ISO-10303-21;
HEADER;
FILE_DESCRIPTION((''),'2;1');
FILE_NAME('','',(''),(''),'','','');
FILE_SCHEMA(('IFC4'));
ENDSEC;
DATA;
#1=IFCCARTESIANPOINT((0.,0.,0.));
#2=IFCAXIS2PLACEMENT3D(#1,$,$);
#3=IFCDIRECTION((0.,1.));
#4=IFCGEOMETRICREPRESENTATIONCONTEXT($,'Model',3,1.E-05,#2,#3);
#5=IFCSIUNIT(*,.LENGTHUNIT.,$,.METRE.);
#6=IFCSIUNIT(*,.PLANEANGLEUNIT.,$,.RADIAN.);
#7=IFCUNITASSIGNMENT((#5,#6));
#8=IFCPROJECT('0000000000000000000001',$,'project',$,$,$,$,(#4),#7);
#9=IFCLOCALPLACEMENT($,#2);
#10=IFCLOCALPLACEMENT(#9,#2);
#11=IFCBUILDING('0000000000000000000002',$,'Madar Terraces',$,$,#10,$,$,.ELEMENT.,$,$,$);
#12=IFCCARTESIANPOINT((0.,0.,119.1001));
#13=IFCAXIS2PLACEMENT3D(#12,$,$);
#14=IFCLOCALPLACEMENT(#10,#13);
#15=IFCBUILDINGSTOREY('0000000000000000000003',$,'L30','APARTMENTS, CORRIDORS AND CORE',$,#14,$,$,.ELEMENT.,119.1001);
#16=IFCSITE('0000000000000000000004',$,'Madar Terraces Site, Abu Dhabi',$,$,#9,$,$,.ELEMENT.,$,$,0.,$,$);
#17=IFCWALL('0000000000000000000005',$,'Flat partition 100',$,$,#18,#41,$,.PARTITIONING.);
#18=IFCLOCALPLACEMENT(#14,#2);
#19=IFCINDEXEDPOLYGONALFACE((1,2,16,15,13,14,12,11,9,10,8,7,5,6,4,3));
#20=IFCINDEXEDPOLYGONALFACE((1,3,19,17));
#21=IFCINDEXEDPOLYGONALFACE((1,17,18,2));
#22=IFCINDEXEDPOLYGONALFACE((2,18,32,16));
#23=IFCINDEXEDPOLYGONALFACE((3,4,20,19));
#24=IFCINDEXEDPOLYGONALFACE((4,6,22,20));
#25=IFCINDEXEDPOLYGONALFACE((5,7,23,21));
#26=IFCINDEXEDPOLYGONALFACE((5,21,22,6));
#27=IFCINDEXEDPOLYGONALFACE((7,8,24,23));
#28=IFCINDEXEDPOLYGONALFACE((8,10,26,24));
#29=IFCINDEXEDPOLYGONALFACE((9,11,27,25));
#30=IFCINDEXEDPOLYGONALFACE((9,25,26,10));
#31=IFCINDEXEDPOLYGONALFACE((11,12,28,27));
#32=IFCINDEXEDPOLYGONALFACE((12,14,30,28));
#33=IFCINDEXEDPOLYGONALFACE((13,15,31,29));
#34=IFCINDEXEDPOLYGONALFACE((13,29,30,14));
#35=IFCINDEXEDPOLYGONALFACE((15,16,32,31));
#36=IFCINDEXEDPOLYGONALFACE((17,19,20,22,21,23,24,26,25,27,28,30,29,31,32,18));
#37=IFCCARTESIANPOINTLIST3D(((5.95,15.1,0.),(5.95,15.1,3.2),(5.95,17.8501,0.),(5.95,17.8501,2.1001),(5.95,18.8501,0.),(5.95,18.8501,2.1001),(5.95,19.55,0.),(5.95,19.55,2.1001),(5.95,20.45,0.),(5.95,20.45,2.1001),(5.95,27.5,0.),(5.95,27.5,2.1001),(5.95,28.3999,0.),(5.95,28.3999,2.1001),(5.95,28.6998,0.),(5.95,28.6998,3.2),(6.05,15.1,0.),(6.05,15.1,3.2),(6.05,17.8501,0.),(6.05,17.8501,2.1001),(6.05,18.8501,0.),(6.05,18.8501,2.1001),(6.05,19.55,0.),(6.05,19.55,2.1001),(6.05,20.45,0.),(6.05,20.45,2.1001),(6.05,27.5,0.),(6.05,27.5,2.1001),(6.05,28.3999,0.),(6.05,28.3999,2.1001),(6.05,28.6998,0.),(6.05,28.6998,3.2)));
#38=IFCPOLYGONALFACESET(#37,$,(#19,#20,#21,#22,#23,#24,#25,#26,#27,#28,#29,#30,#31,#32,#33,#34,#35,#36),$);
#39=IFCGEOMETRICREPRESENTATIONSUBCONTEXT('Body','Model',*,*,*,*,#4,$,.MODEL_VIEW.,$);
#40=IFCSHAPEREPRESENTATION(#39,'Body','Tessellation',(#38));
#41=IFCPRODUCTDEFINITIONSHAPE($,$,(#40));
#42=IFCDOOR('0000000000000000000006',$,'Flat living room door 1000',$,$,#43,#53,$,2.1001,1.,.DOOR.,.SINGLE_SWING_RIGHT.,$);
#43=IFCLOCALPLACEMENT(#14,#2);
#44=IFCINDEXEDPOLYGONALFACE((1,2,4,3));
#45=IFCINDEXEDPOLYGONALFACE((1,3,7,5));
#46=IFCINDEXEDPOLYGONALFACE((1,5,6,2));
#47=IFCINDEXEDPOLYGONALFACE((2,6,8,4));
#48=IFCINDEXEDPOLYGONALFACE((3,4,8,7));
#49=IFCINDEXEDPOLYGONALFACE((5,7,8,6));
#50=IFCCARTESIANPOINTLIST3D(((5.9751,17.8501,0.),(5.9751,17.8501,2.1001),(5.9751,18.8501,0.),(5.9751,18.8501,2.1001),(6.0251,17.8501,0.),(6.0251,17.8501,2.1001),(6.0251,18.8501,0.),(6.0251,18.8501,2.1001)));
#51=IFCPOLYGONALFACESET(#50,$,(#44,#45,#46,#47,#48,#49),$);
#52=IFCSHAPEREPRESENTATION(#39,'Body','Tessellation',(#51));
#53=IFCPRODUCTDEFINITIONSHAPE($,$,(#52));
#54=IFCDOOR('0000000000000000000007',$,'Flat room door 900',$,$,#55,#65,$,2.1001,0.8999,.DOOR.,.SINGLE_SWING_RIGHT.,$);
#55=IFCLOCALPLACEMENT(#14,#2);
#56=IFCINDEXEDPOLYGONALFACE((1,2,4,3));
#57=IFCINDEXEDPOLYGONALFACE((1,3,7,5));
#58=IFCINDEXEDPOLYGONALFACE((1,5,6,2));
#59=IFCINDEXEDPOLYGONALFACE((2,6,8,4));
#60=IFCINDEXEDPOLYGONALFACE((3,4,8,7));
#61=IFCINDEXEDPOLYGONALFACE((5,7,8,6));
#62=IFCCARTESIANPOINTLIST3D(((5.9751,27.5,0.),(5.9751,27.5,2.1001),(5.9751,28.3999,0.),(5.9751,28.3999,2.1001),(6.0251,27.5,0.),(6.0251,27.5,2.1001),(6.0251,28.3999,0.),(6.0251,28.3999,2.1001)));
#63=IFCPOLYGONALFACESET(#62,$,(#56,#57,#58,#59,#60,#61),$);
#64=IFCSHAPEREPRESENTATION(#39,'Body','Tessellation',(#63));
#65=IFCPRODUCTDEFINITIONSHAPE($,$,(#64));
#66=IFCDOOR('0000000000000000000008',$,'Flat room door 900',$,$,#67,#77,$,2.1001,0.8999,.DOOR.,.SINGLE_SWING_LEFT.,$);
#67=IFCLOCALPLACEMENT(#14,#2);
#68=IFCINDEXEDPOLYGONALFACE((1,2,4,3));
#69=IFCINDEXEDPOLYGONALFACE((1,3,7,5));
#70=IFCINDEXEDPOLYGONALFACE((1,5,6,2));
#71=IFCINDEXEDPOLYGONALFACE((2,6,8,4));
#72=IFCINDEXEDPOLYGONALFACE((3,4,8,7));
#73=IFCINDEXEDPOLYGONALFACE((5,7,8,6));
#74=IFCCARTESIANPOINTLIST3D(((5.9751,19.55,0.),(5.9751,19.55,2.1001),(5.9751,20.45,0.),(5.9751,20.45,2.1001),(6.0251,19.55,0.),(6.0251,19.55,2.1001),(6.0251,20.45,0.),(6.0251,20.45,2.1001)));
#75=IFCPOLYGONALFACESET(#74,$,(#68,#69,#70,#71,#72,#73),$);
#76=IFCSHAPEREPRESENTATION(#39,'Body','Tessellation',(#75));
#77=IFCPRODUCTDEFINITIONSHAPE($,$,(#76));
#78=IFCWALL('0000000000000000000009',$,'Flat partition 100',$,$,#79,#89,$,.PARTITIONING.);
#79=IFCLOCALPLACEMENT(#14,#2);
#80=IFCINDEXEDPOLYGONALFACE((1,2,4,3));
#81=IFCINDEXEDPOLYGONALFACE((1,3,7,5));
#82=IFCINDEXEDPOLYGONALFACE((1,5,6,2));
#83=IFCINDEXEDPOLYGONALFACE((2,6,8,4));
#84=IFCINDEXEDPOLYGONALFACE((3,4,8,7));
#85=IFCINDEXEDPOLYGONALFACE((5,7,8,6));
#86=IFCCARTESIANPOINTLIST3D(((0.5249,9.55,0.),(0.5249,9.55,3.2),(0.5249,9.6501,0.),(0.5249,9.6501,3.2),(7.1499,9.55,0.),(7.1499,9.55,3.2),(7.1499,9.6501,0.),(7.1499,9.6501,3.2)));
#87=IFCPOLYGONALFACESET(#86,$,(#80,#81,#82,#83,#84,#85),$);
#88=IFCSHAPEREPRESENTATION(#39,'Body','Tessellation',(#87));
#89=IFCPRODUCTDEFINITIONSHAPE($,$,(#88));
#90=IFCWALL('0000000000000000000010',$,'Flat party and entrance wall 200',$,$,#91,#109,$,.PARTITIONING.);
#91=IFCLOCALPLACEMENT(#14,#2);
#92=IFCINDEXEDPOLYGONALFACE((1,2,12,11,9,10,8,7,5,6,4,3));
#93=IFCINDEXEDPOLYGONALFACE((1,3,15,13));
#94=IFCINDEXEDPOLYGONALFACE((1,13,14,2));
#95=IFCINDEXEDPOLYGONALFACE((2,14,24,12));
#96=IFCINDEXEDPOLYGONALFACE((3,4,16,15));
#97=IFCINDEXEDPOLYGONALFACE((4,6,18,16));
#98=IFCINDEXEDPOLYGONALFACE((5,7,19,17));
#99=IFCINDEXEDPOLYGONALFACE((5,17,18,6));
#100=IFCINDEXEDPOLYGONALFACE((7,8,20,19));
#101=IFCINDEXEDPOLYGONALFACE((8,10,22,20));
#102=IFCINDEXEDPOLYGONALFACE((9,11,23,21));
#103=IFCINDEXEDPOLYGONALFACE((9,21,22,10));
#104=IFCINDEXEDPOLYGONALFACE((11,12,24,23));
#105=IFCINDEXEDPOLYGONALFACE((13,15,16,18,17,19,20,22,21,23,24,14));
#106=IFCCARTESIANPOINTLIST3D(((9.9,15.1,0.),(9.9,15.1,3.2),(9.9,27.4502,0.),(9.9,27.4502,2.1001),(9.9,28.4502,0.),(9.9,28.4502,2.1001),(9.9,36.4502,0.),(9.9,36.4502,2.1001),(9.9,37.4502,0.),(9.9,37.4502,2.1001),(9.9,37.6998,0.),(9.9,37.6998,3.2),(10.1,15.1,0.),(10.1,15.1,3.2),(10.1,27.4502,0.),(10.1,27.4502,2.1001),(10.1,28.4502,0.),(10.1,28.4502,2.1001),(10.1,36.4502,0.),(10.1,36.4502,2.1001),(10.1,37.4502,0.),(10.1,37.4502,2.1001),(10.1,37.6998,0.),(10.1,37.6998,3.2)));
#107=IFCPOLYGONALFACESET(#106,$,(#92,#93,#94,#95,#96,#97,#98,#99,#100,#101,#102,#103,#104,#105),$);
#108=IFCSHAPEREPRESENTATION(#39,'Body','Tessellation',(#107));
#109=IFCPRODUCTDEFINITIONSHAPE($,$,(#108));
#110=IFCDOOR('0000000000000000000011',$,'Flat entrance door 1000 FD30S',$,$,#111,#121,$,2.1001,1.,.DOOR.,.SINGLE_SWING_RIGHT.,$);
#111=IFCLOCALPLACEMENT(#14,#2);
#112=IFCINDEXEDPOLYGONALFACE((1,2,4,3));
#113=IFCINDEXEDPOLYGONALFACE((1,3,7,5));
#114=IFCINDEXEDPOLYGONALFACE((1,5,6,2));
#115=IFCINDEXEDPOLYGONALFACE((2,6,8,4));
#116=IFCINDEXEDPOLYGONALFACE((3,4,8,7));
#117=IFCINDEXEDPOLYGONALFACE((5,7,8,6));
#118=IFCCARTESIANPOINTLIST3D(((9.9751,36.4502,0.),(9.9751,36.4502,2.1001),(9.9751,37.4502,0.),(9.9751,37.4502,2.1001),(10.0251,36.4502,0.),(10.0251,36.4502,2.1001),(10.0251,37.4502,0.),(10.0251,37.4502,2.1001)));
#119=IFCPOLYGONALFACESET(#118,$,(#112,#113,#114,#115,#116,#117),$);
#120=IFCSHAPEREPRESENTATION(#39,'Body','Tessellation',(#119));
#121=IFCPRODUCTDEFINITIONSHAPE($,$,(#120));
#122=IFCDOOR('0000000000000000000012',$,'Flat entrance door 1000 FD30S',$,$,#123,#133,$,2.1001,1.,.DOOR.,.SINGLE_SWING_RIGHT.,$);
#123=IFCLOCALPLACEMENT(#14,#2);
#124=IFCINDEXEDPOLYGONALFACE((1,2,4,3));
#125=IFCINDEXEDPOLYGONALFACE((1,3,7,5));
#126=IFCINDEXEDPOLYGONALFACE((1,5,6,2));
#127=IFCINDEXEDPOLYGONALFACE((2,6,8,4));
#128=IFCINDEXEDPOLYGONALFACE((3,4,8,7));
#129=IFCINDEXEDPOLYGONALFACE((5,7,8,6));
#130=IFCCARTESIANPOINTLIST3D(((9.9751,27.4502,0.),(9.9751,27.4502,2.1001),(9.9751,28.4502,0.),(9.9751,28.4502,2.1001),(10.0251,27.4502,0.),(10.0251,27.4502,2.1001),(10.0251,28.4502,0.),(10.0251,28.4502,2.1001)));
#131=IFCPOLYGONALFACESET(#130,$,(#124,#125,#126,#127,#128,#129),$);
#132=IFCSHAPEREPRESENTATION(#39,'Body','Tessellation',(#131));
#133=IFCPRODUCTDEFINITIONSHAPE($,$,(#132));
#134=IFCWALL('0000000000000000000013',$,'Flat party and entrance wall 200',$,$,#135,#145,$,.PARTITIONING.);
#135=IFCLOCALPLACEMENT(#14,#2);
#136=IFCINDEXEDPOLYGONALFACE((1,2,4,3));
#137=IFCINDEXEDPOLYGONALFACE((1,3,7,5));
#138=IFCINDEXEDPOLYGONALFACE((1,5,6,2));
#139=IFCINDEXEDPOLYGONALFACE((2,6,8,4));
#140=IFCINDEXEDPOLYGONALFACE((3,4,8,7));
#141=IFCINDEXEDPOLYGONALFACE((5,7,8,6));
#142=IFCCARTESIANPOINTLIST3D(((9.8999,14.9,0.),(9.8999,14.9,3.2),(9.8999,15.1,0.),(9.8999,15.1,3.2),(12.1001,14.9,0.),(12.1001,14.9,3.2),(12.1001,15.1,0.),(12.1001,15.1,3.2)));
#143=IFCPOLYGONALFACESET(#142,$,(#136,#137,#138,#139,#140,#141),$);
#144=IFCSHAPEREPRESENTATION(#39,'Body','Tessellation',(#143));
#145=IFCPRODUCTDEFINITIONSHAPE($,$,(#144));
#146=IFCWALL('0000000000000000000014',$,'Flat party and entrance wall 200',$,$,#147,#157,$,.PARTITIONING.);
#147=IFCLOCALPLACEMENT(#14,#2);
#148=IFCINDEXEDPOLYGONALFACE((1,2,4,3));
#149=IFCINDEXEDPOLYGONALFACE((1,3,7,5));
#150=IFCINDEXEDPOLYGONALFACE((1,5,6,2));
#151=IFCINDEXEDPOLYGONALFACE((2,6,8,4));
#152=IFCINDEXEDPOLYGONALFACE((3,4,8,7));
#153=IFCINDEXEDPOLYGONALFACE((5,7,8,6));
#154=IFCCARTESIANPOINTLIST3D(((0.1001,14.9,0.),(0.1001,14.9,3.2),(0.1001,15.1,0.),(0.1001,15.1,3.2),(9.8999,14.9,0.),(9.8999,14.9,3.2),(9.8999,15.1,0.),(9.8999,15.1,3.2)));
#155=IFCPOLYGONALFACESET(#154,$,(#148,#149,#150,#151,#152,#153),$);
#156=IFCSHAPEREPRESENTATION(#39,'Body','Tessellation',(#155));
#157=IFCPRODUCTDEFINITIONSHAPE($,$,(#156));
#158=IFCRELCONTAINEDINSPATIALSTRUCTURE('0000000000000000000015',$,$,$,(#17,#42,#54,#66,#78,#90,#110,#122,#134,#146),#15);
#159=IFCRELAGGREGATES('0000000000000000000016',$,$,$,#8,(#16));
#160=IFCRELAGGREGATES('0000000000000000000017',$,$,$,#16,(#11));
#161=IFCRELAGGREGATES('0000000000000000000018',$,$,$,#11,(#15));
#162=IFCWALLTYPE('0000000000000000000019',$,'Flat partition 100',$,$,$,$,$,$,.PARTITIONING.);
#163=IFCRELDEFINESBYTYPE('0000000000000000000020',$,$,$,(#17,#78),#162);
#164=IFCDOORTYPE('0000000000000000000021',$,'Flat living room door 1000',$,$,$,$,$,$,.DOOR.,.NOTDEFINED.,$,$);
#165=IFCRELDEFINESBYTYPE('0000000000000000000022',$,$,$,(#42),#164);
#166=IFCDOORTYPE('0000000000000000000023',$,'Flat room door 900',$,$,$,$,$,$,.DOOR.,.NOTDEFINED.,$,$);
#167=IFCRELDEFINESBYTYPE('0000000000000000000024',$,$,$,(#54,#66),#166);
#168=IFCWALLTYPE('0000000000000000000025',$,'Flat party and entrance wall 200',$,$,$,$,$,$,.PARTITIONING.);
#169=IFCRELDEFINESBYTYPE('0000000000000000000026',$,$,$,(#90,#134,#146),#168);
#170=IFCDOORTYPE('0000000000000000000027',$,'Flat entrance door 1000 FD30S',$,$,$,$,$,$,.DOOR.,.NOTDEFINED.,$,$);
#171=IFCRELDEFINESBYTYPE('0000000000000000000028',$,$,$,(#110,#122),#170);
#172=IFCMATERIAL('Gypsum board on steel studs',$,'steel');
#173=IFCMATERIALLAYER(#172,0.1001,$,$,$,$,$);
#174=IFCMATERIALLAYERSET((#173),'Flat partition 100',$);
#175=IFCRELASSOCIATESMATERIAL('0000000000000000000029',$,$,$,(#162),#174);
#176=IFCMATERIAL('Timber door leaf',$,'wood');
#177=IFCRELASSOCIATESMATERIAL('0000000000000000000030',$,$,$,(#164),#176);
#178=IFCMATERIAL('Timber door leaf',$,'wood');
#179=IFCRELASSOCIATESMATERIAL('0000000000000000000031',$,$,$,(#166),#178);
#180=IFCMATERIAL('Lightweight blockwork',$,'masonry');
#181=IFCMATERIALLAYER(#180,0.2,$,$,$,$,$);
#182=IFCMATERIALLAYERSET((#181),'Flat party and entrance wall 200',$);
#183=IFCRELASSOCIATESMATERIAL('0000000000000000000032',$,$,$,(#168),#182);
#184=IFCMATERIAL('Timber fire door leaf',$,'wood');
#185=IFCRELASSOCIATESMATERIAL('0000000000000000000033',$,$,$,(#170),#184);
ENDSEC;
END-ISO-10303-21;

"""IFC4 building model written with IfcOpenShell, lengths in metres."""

from ifc_helpers import new_model, si_unit, direction, frame, frame_2d, origin, place, context, subcontext, project, spatial, rectangle, extrude, material, layer, layer_set, type_object, element, fill, save


model = new_model("IFC4")

# Units and contexts
model_context = context("Model", 3, precision=1e-05, world=origin(), true_north=direction((0.0, 1.0)))
body_context = subcontext(model_context, "Body", "Model", "MODEL_VIEW")
ifc_project = project(units=[si_unit("LENGTHUNIT", "METRE"), si_unit("PLANEANGLEUNIT", "RADIAN")], contexts=[model_context])

# Site, building, storey
site_placement = place(None, origin())
site = spatial("IfcSite", under=ifc_project, at=site_placement, Name="Madar Terraces Site, Abu Dhabi", CompositionType="ELEMENT", RefElevation=0.0)
building_placement = place(site_placement, origin())
building = spatial("IfcBuilding", under=site, at=building_placement, Name="Madar Terraces", CompositionType="ELEMENT")
storey_placement = place(building_placement, frame((0.0, 0.0, 119.1001)))
storey = spatial("IfcBuildingStorey", under=building, at=storey_placement, Name="L30", Description="APARTMENTS, CORRIDORS AND CORE", CompositionType="ELEMENT", Elevation=119.1001)

# Shared definitions
ifc_material_1 = material(Name="Gypsum board on steel studs", Category="steel")
ifc_layer_1 = layer(ifc_material_1, 0.1001)
ifc_layer_set_1 = layer_set([ifc_layer_1], Name="Flat partition 100")
wall_type_1 = type_object("IfcWallType", Name="Flat partition 100", PredefinedType="PARTITIONING", material=ifc_layer_set_1)

# Wall, openings, doors
wall_1_placement = place(storey_placement, frame((6.0, 15.1001, 0.0), z_axis=(0.0, 0.0, 1.0), x_axis=(0.0, 1.0, 0.0)))
wall_1 = element("IfcWall", 1, at=wall_1_placement, inside=storey, type_object=wall_type_1, Name="Flat partition 100", PredefinedType="PARTITIONING", context=body_context, shape_type="SweptSolid", body=[
    extrude(rectangle(XDim=13.5999, YDim=0.1001, at=frame_2d((6.7998, 0.0))), origin(), (0.0, 0.0, 1.0), 3.2),
])
opening_1_placement = place(wall_1_placement, frame((12.3999, 0.0, 0.0)))
opening_1 = element("IfcOpeningElement", 2, at=opening_1_placement, cuts=wall_1, PredefinedType="OPENING", context=body_context, shape_type="SweptSolid", body=[
    extrude(rectangle(XDim=0.8999, YDim=2.1001, at=frame_2d((0.45, 1.05))), frame((0.0, 0.0601, 0.0), z_axis=(0.0, -1.0, 0.0), x_axis=(1.0, 0.0, 0.0)), (0.0, 0.0, 1.0), 0.1201),
])
opening_2_placement = place(wall_1_placement, frame((4.45, 0.0, 0.0)))
opening_2 = element("IfcOpeningElement", 3, at=opening_2_placement, cuts=wall_1, PredefinedType="OPENING", context=body_context, shape_type="SweptSolid", body=[
    extrude(rectangle(XDim=0.8999, YDim=2.1001, at=frame_2d((0.45, 1.05))), frame((0.0, 0.0601, 0.0), z_axis=(0.0, -1.0, 0.0), x_axis=(1.0, 0.0, 0.0)), (0.0, 0.0, 1.0), 0.1201),
])
opening_3_placement = place(wall_1_placement, frame((2.75, 0.0, 0.0)))
opening_3 = element("IfcOpeningElement", 4, at=opening_3_placement, cuts=wall_1, PredefinedType="OPENING", context=body_context, shape_type="SweptSolid", body=[
    extrude(rectangle(XDim=1.0, YDim=2.1001, at=frame_2d((0.5, 1.05))), frame((0.0, 0.0601, 0.0), z_axis=(0.0, -1.0, 0.0), x_axis=(1.0, 0.0, 0.0)), (0.0, 0.0, 1.0), 0.1201),
])
ifc_material_2 = material(Name="Timber door leaf", Category="wood")
door_type_1 = type_object("IfcDoorType", Name="Flat living room door 1000", OperationType="NOTDEFINED", PredefinedType="DOOR", material=ifc_material_2)
door_1_placement = place(opening_3_placement, origin())
door_1 = element("IfcDoor", 5, at=door_1_placement, inside=storey, type_object=door_type_1, Name="Flat living room door 1000", OperationType="SINGLE_SWING_RIGHT", OverallHeight=2.1001, OverallWidth=1.0, PredefinedType="DOOR", context=body_context, shape_type="SweptSolid", body=[
    extrude(rectangle(XDim=1.0, YDim=2.1001, at=frame_2d((0.5, 1.05))), frame((0.0, 0.0249, 0.0), z_axis=(0.0, -1.0, 0.0), x_axis=(1.0, 0.0, 0.0)), (0.0, 0.0, 1.0), 0.05),
])
fill(opening_3, door_1)
ifc_material_3 = material(Name="Timber door leaf", Category="wood")
door_type_2 = type_object("IfcDoorType", Name="Flat room door 900", OperationType="NOTDEFINED", PredefinedType="DOOR", material=ifc_material_3)
door_2_placement = place(opening_1_placement, origin())
door_2 = element("IfcDoor", 6, at=door_2_placement, inside=storey, type_object=door_type_2, Name="Flat room door 900", OperationType="SINGLE_SWING_RIGHT", OverallHeight=2.1001, OverallWidth=0.8999, PredefinedType="DOOR", context=body_context, shape_type="SweptSolid", body=[
    extrude(rectangle(XDim=0.8999, YDim=2.1001, at=frame_2d((0.45, 1.05))), frame((0.0, 0.0249, 0.0), z_axis=(0.0, -1.0, 0.0), x_axis=(1.0, 0.0, 0.0)), (0.0, 0.0, 1.0), 0.05),
])
fill(opening_1, door_2)
door_3_placement = place(opening_2_placement, origin())
door_3 = element("IfcDoor", 7, at=door_3_placement, inside=storey, type_object=door_type_2, Name="Flat room door 900", OperationType="SINGLE_SWING_LEFT", OverallHeight=2.1001, OverallWidth=0.8999, PredefinedType="DOOR", context=body_context, shape_type="SweptSolid", body=[
    extrude(rectangle(XDim=0.8999, YDim=2.1001, at=frame_2d((0.45, 1.05))), frame((0.0, 0.0249, 0.0), z_axis=(0.0, -1.0, 0.0), x_axis=(1.0, 0.0, 0.0)), (0.0, 0.0, 1.0), 0.05),
])
fill(opening_2, door_3)

# Wall
wall_2_placement = place(storey_placement, frame((7.1499, 9.6001, 0.0), z_axis=(0.0, 0.0, 1.0), x_axis=(-1.0, 0.0, 0.0)))
element("IfcWall", 8, at=wall_2_placement, inside=storey, type_object=wall_type_1, Name="Flat partition 100", PredefinedType="PARTITIONING", context=body_context, shape_type="SweptSolid", body=[
    extrude(rectangle(XDim=6.625, YDim=0.1001, at=frame_2d((3.3125, 0.0))), origin(), (0.0, 0.0, 1.0), 3.2),
])

# Wall, openings, doors
ifc_material_4 = material(Name="Lightweight blockwork", Category="masonry")
ifc_layer_2 = layer(ifc_material_4, 0.2)
ifc_layer_set_2 = layer_set([ifc_layer_2], Name="Flat party and entrance wall 200")
wall_type_2 = type_object("IfcWallType", Name="Flat party and entrance wall 200", PredefinedType="PARTITIONING", material=ifc_layer_set_2)
wall_3_placement = place(storey_placement, frame((10.0, 15.1001, 0.0), z_axis=(0.0, 0.0, 1.0), x_axis=(0.0, 1.0, 0.0)))
wall_3 = element("IfcWall", 9, at=wall_3_placement, inside=storey, type_object=wall_type_2, Name="Flat party and entrance wall 200", PredefinedType="PARTITIONING", context=body_context, shape_type="SweptSolid", body=[
    extrude(rectangle(XDim=22.5999, YDim=0.2, at=frame_2d((11.2998, 0.0))), origin(), (0.0, 0.0, 1.0), 3.2),
])
opening_4_placement = place(wall_3_placement, frame((21.3501, 0.0, 0.0)))
opening_4 = element("IfcOpeningElement", 10, at=opening_4_placement, cuts=wall_3, PredefinedType="OPENING", context=body_context, shape_type="SweptSolid", body=[
    extrude(rectangle(XDim=1.0, YDim=2.1001, at=frame_2d((0.5, 1.05))), frame((0.0, 0.1099, 0.0), z_axis=(0.0, -1.0, 0.0), x_axis=(1.0, 0.0, 0.0)), (0.0, 0.0, 1.0), 0.22),
])
opening_5_placement = place(wall_3_placement, frame((12.3501, 0.0, 0.0)))
opening_5 = element("IfcOpeningElement", 11, at=opening_5_placement, cuts=wall_3, PredefinedType="OPENING", context=body_context, shape_type="SweptSolid", body=[
    extrude(rectangle(XDim=1.0, YDim=2.1001, at=frame_2d((0.5, 1.05))), frame((0.0, 0.1099, 0.0), z_axis=(0.0, -1.0, 0.0), x_axis=(1.0, 0.0, 0.0)), (0.0, 0.0, 1.0), 0.22),
])
ifc_material_5 = material(Name="Timber fire door leaf", Category="wood")
door_type_3 = type_object("IfcDoorType", Name="Flat entrance door 1000 FD30S", OperationType="NOTDEFINED", PredefinedType="DOOR", material=ifc_material_5)
door_4_placement = place(opening_4_placement, origin())
door_4 = element("IfcDoor", 12, at=door_4_placement, inside=storey, type_object=door_type_3, Name="Flat entrance door 1000 FD30S", OperationType="SINGLE_SWING_RIGHT", OverallHeight=2.1001, OverallWidth=1.0, PredefinedType="DOOR", context=body_context, shape_type="SweptSolid", body=[
    extrude(rectangle(XDim=1.0, YDim=2.1001, at=frame_2d((0.5, 1.05))), frame((0.0, 0.0249, 0.0), z_axis=(0.0, -1.0, 0.0), x_axis=(1.0, 0.0, 0.0)), (0.0, 0.0, 1.0), 0.05),
])
fill(opening_4, door_4)
door_5_placement = place(opening_5_placement, origin())
door_5 = element("IfcDoor", 13, at=door_5_placement, inside=storey, type_object=door_type_3, Name="Flat entrance door 1000 FD30S", OperationType="SINGLE_SWING_RIGHT", OverallHeight=2.1001, OverallWidth=1.0, PredefinedType="DOOR", context=body_context, shape_type="SweptSolid", body=[
    extrude(rectangle(XDim=1.0, YDim=2.1001, at=frame_2d((0.5, 1.05))), frame((0.0, 0.0249, 0.0), z_axis=(0.0, -1.0, 0.0), x_axis=(1.0, 0.0, 0.0)), (0.0, 0.0, 1.0), 0.05),
])
fill(opening_5, door_5)

# Walls
wall_4_placement = place(storey_placement, frame((9.8999, 15.0, 0.0), z_axis=(0.0, 0.0, 1.0), x_axis=(1.0, 0.0, 0.0)))
element("IfcWall", 14, at=wall_4_placement, inside=storey, type_object=wall_type_2, Name="Flat party and entrance wall 200", PredefinedType="PARTITIONING", context=body_context, shape_type="SweptSolid", body=[
    extrude(rectangle(XDim=2.2002, YDim=0.2, at=frame_2d((1.1001, 0.0))), origin(), (0.0, 0.0, 1.0), 3.2),
])
wall_5_placement = place(storey_placement, frame((0.1001, 15.0, 0.0), z_axis=(0.0, 0.0, 1.0), x_axis=(1.0, 0.0, 0.0)))
element("IfcWall", 15, at=wall_5_placement, inside=storey, type_object=wall_type_2, Name="Flat party and entrance wall 200", PredefinedType="PARTITIONING", context=body_context, shape_type="SweptSolid", body=[
    extrude(rectangle(XDim=9.7998, YDim=0.2, at=frame_2d((4.8999, 0.0))), origin(), (0.0, 0.0, 1.0), 3.2),
])

save(model, "model.ifc")
